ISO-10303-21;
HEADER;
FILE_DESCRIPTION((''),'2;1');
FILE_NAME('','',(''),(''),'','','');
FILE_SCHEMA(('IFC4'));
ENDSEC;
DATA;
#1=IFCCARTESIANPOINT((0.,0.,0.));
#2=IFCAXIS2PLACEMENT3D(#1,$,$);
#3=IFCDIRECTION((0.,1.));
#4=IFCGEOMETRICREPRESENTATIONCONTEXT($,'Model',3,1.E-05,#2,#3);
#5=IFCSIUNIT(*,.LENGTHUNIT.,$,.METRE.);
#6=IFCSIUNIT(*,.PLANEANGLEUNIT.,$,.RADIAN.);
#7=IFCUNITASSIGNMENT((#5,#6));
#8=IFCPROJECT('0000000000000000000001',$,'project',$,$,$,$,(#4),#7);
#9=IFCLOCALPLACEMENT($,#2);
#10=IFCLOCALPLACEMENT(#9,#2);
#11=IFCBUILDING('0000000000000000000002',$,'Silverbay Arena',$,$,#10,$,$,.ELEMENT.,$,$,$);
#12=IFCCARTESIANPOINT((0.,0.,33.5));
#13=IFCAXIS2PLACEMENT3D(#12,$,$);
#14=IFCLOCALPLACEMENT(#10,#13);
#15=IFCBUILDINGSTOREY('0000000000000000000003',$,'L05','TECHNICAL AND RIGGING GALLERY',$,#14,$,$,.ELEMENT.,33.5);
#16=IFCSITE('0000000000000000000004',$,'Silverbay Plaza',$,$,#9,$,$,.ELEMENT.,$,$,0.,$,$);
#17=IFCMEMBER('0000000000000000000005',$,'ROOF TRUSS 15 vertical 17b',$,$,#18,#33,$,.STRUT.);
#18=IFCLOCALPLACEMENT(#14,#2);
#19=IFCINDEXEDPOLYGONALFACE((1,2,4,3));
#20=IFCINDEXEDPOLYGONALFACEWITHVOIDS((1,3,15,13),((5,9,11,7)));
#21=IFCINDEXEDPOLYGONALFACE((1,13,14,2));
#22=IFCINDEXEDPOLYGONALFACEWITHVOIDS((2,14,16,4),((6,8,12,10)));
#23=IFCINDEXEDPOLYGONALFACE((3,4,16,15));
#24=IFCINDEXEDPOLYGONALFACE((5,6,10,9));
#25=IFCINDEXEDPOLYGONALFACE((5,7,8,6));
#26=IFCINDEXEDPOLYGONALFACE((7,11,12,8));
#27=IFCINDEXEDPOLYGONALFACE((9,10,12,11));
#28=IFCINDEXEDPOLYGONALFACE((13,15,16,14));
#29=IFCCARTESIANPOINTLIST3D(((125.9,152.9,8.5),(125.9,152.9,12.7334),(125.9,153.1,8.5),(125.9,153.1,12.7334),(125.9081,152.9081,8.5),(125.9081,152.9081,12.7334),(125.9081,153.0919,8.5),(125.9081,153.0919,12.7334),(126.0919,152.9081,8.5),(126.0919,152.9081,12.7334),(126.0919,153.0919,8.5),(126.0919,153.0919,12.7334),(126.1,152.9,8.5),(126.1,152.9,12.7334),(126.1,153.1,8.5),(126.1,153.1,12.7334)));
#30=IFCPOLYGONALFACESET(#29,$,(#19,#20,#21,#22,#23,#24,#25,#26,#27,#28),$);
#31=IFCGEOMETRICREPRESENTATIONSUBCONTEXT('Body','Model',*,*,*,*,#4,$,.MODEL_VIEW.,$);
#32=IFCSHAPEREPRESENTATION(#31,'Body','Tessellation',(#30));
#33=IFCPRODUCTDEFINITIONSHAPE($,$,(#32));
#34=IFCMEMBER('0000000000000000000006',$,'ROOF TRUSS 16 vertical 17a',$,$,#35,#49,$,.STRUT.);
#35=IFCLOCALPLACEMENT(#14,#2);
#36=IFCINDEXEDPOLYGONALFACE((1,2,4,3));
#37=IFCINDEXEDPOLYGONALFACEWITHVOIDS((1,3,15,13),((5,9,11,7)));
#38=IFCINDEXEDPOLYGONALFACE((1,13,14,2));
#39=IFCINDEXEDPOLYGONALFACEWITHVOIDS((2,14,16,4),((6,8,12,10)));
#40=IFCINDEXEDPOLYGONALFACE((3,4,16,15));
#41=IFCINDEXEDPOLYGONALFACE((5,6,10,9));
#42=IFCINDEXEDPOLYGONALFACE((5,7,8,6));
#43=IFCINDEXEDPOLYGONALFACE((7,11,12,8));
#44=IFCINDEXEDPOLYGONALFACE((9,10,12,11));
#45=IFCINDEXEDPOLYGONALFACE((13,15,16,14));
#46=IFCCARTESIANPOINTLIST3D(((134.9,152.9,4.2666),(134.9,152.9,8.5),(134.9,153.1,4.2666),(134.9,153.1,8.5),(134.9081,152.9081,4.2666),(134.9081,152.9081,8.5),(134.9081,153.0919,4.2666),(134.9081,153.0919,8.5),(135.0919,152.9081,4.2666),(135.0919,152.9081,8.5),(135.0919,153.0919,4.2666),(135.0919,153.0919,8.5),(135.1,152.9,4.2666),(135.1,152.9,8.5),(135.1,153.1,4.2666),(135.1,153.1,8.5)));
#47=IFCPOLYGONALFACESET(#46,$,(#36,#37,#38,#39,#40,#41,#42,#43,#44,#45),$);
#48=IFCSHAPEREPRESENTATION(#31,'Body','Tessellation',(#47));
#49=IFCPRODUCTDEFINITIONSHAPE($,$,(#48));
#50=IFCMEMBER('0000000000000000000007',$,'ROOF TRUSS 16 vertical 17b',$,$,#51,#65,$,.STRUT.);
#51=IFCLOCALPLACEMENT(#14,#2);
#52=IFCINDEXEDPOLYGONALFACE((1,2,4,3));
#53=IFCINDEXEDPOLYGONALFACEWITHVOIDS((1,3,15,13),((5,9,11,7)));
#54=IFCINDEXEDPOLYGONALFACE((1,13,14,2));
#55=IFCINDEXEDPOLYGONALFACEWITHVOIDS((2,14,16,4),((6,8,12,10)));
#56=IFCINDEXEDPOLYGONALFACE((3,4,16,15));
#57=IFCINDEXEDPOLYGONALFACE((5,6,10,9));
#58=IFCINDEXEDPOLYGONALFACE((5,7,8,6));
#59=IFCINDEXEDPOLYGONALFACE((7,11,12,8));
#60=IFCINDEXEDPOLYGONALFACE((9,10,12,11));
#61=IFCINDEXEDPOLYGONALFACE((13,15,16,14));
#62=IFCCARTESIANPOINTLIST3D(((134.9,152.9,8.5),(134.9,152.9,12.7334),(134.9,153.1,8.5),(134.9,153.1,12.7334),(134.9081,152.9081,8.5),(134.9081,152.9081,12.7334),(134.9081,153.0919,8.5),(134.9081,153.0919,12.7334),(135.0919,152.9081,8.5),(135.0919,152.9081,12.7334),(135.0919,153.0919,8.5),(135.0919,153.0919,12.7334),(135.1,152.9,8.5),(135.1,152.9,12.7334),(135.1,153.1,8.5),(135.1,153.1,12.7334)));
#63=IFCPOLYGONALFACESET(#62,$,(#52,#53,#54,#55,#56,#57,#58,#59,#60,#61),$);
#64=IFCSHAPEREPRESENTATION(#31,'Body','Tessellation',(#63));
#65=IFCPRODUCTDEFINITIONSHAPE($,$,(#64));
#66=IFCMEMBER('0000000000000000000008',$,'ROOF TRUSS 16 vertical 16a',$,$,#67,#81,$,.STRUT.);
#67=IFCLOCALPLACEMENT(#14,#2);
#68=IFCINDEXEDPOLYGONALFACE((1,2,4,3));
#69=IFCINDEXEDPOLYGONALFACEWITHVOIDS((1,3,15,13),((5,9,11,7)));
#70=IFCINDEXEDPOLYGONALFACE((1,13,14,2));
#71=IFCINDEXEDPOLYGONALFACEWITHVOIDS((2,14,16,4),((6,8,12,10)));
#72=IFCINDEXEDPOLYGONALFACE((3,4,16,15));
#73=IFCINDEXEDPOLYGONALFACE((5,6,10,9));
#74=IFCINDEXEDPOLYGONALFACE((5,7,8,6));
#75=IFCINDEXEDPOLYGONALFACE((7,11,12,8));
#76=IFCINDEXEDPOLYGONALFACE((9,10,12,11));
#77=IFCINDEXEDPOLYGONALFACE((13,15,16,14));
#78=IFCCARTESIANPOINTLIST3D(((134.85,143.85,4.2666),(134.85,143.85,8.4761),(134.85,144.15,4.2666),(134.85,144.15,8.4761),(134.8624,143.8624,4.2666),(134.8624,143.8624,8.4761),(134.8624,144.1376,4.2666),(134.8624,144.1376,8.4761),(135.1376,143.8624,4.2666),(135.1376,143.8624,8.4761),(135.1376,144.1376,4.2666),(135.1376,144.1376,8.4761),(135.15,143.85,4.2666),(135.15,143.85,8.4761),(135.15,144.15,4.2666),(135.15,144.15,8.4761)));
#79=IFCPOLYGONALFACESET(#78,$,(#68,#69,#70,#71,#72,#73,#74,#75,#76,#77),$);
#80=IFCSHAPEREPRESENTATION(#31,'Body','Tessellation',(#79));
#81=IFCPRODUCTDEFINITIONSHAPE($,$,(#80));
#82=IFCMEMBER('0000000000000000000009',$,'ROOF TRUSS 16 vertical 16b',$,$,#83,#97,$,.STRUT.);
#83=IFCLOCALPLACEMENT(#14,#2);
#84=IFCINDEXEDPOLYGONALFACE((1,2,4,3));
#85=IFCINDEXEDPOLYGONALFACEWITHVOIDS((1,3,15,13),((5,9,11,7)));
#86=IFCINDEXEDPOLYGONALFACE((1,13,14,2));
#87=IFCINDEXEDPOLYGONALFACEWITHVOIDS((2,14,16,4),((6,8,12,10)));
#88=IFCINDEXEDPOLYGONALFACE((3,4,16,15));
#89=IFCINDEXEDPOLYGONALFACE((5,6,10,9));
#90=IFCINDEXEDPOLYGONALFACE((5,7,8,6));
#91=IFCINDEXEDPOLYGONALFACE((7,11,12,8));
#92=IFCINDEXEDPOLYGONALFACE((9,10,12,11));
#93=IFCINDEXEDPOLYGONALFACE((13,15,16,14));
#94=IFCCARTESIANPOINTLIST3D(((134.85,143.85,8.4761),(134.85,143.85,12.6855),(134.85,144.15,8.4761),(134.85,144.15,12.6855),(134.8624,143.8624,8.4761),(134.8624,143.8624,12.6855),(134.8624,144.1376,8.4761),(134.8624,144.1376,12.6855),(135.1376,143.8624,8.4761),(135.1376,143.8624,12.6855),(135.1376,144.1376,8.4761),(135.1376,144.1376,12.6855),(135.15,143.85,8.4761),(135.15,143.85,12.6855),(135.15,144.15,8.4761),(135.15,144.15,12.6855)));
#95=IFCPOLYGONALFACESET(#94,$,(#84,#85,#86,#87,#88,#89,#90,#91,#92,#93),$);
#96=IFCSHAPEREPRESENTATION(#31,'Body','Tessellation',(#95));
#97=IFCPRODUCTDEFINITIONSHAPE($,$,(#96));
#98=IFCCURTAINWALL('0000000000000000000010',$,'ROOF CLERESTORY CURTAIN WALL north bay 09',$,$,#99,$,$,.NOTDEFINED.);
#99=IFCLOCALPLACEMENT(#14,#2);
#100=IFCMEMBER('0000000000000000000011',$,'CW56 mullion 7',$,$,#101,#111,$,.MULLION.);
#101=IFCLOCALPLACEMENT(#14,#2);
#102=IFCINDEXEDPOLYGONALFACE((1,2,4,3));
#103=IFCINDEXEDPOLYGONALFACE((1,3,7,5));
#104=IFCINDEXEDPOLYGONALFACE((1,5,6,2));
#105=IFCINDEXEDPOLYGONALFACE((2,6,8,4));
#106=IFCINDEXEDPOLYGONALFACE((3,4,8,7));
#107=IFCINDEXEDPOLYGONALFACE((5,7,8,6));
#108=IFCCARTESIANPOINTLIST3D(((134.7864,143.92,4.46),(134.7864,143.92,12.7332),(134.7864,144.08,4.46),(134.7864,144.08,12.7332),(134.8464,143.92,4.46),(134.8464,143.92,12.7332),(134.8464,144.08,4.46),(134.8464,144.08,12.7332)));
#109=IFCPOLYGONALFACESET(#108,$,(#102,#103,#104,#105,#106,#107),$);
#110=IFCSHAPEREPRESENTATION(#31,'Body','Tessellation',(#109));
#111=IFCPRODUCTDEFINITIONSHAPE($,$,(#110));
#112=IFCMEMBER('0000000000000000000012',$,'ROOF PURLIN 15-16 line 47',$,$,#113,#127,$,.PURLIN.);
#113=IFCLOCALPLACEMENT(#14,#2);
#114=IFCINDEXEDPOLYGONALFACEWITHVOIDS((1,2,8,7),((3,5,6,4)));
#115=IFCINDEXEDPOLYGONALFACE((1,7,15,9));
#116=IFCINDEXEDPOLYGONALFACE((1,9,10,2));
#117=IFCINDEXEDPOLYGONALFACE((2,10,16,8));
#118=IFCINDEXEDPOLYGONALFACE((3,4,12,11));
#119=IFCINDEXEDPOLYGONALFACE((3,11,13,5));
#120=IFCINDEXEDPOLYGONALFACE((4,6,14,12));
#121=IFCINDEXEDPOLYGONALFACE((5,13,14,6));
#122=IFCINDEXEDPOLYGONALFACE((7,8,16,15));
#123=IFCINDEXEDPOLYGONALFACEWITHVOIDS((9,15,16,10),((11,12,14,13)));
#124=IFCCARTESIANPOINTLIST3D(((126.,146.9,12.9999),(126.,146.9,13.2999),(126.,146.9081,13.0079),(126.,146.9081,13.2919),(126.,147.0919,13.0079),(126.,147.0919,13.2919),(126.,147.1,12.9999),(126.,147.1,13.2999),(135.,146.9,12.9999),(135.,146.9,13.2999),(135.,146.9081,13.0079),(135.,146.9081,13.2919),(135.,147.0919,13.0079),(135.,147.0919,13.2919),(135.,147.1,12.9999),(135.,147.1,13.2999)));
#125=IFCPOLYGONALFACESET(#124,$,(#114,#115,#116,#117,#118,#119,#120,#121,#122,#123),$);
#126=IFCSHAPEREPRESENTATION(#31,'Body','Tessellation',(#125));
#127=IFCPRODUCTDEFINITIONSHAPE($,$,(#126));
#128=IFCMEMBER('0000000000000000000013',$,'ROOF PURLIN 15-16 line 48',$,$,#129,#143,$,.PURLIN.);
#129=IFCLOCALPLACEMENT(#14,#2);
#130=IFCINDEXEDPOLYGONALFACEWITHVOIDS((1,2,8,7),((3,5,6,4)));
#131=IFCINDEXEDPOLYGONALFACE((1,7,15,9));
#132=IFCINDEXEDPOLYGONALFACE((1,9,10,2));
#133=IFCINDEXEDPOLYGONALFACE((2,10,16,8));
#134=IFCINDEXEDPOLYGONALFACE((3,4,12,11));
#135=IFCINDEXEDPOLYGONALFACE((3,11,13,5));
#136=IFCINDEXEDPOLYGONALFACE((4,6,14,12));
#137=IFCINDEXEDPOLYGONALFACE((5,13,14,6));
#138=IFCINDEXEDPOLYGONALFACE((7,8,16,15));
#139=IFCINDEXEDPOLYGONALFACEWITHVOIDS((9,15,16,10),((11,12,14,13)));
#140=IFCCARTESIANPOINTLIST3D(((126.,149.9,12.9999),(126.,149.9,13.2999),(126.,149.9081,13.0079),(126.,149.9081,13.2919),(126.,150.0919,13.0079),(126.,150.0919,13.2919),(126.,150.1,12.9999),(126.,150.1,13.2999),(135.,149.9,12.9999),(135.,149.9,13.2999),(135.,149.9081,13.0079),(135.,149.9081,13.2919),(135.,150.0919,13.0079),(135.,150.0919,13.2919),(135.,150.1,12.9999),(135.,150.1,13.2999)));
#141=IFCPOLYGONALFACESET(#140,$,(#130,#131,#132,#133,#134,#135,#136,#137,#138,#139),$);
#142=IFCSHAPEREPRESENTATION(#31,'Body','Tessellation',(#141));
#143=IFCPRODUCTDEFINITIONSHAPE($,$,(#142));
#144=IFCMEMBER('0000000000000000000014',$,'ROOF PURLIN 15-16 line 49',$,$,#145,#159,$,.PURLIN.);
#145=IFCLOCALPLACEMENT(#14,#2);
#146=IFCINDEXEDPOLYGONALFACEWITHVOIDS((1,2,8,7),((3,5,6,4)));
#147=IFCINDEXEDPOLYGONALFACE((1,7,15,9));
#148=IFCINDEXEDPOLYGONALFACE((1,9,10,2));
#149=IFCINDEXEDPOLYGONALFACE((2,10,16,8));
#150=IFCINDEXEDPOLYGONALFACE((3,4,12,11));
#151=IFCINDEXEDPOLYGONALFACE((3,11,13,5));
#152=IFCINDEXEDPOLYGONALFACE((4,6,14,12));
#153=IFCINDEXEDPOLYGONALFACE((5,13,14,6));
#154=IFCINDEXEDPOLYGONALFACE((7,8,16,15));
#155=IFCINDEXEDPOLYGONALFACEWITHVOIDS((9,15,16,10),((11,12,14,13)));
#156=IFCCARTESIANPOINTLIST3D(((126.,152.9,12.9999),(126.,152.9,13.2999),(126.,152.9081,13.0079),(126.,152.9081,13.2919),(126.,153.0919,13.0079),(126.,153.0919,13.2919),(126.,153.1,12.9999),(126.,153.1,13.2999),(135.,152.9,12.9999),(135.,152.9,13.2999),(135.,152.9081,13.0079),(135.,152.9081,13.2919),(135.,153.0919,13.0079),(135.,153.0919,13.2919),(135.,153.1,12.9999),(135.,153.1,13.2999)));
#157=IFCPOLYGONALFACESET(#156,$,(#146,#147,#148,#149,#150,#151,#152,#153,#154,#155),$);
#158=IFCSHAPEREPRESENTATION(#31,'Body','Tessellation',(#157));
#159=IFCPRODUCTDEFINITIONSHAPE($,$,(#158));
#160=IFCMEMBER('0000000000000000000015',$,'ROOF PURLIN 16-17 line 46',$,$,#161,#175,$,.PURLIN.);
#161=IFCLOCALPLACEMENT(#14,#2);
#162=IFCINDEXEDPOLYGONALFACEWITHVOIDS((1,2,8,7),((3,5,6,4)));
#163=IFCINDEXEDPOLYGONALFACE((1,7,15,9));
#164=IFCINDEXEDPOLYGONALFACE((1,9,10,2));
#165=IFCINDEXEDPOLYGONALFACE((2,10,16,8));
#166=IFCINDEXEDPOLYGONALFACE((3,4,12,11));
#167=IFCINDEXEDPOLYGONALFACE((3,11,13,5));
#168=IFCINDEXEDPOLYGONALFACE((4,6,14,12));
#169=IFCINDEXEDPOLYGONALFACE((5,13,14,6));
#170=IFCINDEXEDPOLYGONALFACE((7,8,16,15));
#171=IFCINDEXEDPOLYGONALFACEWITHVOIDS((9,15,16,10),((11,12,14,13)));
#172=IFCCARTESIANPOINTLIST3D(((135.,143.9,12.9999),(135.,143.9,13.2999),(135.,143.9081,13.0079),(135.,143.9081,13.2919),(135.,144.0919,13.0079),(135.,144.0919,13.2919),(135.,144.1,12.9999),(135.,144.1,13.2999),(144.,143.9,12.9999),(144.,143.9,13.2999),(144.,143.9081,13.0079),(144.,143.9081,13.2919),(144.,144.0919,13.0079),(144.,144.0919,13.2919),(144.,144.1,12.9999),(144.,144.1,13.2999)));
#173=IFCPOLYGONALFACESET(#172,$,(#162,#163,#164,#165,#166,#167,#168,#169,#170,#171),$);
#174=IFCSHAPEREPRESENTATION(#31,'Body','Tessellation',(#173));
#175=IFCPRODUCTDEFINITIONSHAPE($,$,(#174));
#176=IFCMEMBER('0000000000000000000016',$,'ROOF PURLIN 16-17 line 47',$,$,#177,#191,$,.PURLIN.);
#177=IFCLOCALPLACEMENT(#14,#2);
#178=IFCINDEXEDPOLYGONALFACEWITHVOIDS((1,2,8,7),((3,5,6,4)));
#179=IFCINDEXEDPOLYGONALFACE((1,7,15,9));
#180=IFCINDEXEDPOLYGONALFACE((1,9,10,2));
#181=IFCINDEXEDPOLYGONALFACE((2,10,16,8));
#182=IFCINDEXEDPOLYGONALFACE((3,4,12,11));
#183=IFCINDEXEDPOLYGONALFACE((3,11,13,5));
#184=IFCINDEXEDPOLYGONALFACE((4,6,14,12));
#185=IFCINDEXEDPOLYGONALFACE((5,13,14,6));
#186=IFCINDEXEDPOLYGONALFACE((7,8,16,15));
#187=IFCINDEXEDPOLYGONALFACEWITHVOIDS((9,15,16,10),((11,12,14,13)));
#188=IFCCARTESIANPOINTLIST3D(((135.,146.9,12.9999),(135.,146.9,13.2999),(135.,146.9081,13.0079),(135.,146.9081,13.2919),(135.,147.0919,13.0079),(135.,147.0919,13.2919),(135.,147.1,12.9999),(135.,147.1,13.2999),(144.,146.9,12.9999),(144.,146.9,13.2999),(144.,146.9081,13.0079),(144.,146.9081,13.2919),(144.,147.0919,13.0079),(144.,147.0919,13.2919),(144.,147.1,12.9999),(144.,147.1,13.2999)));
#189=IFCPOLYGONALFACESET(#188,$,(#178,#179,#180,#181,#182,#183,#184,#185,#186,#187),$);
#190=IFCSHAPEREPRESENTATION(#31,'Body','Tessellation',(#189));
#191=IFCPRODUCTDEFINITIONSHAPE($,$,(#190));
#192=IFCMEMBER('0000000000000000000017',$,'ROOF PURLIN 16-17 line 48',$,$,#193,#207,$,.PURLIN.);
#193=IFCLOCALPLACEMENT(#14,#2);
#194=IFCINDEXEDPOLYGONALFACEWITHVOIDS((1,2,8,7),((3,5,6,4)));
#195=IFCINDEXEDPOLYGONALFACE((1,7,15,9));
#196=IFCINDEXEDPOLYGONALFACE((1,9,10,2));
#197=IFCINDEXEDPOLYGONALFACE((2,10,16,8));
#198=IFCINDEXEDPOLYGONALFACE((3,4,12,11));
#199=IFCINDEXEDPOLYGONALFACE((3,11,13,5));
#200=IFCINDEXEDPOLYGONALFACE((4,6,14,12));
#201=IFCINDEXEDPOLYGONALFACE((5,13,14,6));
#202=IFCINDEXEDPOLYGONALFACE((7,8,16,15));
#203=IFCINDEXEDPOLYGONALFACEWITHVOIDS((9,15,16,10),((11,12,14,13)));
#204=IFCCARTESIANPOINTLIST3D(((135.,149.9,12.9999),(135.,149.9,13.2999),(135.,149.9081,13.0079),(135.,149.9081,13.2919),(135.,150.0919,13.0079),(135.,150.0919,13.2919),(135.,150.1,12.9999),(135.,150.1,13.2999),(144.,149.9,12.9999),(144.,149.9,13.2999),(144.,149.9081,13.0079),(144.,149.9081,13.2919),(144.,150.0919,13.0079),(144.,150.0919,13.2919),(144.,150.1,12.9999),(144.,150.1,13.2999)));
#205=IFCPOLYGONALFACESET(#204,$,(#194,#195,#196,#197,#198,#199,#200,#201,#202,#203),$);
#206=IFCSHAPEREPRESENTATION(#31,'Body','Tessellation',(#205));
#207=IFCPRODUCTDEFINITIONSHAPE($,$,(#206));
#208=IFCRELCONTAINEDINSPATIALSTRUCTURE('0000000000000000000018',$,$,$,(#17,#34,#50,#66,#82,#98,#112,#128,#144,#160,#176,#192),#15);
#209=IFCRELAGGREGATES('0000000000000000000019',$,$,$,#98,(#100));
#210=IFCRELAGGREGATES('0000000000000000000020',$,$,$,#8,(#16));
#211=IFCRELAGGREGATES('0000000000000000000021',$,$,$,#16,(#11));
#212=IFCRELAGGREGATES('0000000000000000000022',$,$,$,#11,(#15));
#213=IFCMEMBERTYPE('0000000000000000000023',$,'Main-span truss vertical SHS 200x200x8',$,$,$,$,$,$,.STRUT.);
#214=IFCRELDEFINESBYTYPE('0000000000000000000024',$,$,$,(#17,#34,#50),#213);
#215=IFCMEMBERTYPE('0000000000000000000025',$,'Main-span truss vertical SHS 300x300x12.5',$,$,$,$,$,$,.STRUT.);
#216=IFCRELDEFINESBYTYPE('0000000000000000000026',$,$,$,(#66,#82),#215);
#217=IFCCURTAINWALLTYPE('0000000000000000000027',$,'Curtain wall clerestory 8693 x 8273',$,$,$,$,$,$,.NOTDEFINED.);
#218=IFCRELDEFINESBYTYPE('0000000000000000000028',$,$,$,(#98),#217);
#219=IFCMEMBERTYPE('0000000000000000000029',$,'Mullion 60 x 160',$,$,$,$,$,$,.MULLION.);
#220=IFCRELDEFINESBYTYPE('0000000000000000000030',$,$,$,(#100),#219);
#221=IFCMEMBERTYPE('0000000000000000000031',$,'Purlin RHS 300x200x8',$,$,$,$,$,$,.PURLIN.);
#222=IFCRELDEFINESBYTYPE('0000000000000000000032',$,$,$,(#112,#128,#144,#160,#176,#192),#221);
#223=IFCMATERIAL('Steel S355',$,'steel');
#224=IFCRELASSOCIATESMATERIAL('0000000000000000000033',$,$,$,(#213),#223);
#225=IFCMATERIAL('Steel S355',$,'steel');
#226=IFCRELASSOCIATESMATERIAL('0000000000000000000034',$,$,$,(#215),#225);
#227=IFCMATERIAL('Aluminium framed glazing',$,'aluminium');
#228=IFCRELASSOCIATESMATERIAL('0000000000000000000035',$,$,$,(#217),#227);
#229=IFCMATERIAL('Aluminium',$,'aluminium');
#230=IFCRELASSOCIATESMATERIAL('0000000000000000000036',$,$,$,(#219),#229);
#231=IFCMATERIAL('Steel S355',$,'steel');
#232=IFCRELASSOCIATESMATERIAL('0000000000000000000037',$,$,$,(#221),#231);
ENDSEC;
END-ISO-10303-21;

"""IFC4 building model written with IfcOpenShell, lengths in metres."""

from ifc_helpers import new_model, si_unit, direction, frame, origin, origin_2d, place, context, subcontext, project, spatial, rectangle, hollow_rectangle, extrude, material, material_profile, profile_set, type_object, element, aggregate, save


model = new_model("IFC4")

# Units and contexts
model_context = context("Model", 3, precision=1e-05, world=origin(), true_north=direction((0.0, 1.0)))
body_context = subcontext(model_context, "Body", "Model", "MODEL_VIEW")
ifc_project = project(units=[si_unit("LENGTHUNIT", "METRE"), si_unit("PLANEANGLEUNIT", "RADIAN")], contexts=[model_context])

# Site, building, storey
site_placement = place(None, origin())
site = spatial("IfcSite", under=ifc_project, at=site_placement, Name="Silverbay Plaza", CompositionType="ELEMENT", RefElevation=0.0)
building_placement = place(site_placement, origin())
building = spatial("IfcBuilding", under=site, at=building_placement, Name="Silverbay Arena", CompositionType="ELEMENT")
storey_placement = place(building_placement, frame((0.0, 0.0, 33.5)))
storey = spatial("IfcBuildingStorey", under=building, at=storey_placement, Name="L05", Description="TECHNICAL AND RIGGING GALLERY", CompositionType="ELEMENT", Elevation=33.5)

# Members
ifc_material_1 = material(Name="Steel S355", Category="steel")
ifc_material_profile_1 = material_profile(ifc_material_1, hollow_rectangle(XDim=0.2, YDim=0.2, WallThickness=0.0081, at=origin_2d()), Name="SHS 200x200x8")
ifc_profile_set_1 = profile_set([ifc_material_profile_1], Name="Steel S355")
member_type_1 = type_object("IfcMemberType", Name="Main-span truss vertical SHS 200x200x8", PredefinedType="STRUT", material=ifc_profile_set_1)
for number, where, z_axis, x_axis, name in (
    (1, (126.0, 153.0, 8.5), (0.0, 0.0, 1.0), (1.0, 0.0, 0.0), "ROOF TRUSS 15 vertical 17b"),
    (2, (135.0, 153.0, 4.2666), (0.0, 0.0, 1.0), (1.0, 0.0, 0.0), "ROOF TRUSS 16 vertical 17a"),
    (3, (135.0, 153.0, 8.5), (0.0, 0.0, 1.0), (1.0, 0.0, 0.0), "ROOF TRUSS 16 vertical 17b"),
):
    element("IfcMember", number, at=place(storey_placement, frame(where, z_axis=z_axis, x_axis=x_axis)), inside=storey, type_object=member_type_1, Name=name, PredefinedType="STRUT", context=body_context, shape_type="SweptSolid", body=[
        extrude(hollow_rectangle(XDim=0.2, YDim=0.2, WallThickness=0.0081, at=origin_2d()), origin(), (0.0, 0.0, 1.0), 4.2334),
    ])
ifc_material_2 = material(Name="Steel S355", Category="steel")
ifc_material_profile_2 = material_profile(ifc_material_2, hollow_rectangle(XDim=0.3, YDim=0.3, WallThickness=0.0125, at=origin_2d()), Name="SHS 300x300x12.5")
ifc_profile_set_2 = profile_set([ifc_material_profile_2], Name="Steel S355")
member_type_2 = type_object("IfcMemberType", Name="Main-span truss vertical SHS 300x300x12.5", PredefinedType="STRUT", material=ifc_profile_set_2)
for number, where, z_axis, x_axis, name in (
    (4, (135.0, 144.0, 4.2666), (0.0, 0.0, 1.0), (1.0, 0.0, 0.0), "ROOF TRUSS 16 vertical 16a"),
    (5, (135.0, 144.0, 8.4761), (0.0, 0.0, 1.0), (1.0, 0.0, 0.0), "ROOF TRUSS 16 vertical 16b"),
):
    element("IfcMember", number, at=place(storey_placement, frame(where, z_axis=z_axis, x_axis=x_axis)), inside=storey, type_object=member_type_2, Name=name, PredefinedType="STRUT", context=body_context, shape_type="SweptSolid", body=[
        extrude(hollow_rectangle(XDim=0.3, YDim=0.3, WallThickness=0.0125, at=origin_2d()), origin(), (0.0, 0.0, 1.0), 4.2095),
    ])

# Curtain wall, member
ifc_material_3 = material(Name="Aluminium framed glazing", Category="aluminium")
curtain_wall_type = type_object("IfcCurtainWallType", Name="Curtain wall clerestory 8693 x 8273", PredefinedType="NOTDEFINED", material=ifc_material_3)
curtain_wall_placement = place(storey_placement, origin())
curtain_wall = element("IfcCurtainWall", 6, at=curtain_wall_placement, inside=storey, type_object=curtain_wall_type, Name="ROOF CLERESTORY CURTAIN WALL north bay 09", PredefinedType="NOTDEFINED")
ifc_material_4 = material(Name="Aluminium", Category="aluminium")
ifc_material_profile_3 = material_profile(ifc_material_4, rectangle(XDim=0.1599, YDim=0.0601, at=origin_2d()), Name="Mullion 60 x 160")
ifc_profile_set_3 = profile_set([ifc_material_profile_3], Name="Aluminium")
member_type_3 = type_object("IfcMemberType", Name="Mullion 60 x 160", PredefinedType="MULLION", material=ifc_profile_set_3)
member_1_placement = place(storey_placement, frame((134.8164, 144.0, 4.46), z_axis=(0.0, 0.0, 1.0), x_axis=(0.0, 1.0, 0.0)))
member_1 = element("IfcMember", 7, at=member_1_placement, type_object=member_type_3, Name="CW56 mullion 7", PredefinedType="MULLION", context=body_context, shape_type="SweptSolid", body=[
    extrude(rectangle(XDim=0.1599, YDim=0.0601, at=origin_2d()), origin(), (0.0, 0.0, 1.0), 8.2732),
])

# Members
ifc_material_5 = material(Name="Steel S355", Category="steel")
ifc_material_profile_4 = material_profile(ifc_material_5, hollow_rectangle(XDim=0.2, YDim=0.3, WallThickness=0.0081, at=origin_2d()), Name="RHS 300x200x8")
ifc_profile_set_4 = profile_set([ifc_material_profile_4], Name="Steel S355")
member_type_4 = type_object("IfcMemberType", Name="Purlin RHS 300x200x8", PredefinedType="PURLIN", material=ifc_profile_set_4)
for number, where, z_axis, x_axis, name in (
    (8, (126.0, 147.0, 13.1499), (1.0, 0.0, 0.0), (0.0, 1.0, 0.0), "ROOF PURLIN 15-16 line 47"),
    (9, (126.0, 150.0, 13.1499), (1.0, 0.0, 0.0), (0.0, 1.0, 0.0), "ROOF PURLIN 15-16 line 48"),
    (10, (126.0, 153.0, 13.1499), (1.0, 0.0, 0.0), (0.0, 1.0, 0.0), "ROOF PURLIN 15-16 line 49"),
    (11, (135.0, 144.0, 13.1499), (1.0, 0.0, 0.0), (0.0, 1.0, 0.0), "ROOF PURLIN 16-17 line 46"),
    (12, (135.0, 147.0, 13.1499), (1.0, 0.0, 0.0), (0.0, 1.0, 0.0), "ROOF PURLIN 16-17 line 47"),
    (13, (135.0, 150.0, 13.1499), (1.0, 0.0, 0.0), (0.0, 1.0, 0.0), "ROOF PURLIN 16-17 line 48"),
):
    element("IfcMember", number, at=place(storey_placement, frame(where, z_axis=z_axis, x_axis=x_axis)), inside=storey, type_object=member_type_4, Name=name, PredefinedType="PURLIN", context=body_context, shape_type="SweptSolid", body=[
        extrude(hollow_rectangle(XDim=0.2, YDim=0.3, WallThickness=0.0081, at=origin_2d()), origin(), (0.0, 0.0, 1.0), 9.0),
    ])

aggregate(curtain_wall, [member_1])

save(model, "model.ifc")
